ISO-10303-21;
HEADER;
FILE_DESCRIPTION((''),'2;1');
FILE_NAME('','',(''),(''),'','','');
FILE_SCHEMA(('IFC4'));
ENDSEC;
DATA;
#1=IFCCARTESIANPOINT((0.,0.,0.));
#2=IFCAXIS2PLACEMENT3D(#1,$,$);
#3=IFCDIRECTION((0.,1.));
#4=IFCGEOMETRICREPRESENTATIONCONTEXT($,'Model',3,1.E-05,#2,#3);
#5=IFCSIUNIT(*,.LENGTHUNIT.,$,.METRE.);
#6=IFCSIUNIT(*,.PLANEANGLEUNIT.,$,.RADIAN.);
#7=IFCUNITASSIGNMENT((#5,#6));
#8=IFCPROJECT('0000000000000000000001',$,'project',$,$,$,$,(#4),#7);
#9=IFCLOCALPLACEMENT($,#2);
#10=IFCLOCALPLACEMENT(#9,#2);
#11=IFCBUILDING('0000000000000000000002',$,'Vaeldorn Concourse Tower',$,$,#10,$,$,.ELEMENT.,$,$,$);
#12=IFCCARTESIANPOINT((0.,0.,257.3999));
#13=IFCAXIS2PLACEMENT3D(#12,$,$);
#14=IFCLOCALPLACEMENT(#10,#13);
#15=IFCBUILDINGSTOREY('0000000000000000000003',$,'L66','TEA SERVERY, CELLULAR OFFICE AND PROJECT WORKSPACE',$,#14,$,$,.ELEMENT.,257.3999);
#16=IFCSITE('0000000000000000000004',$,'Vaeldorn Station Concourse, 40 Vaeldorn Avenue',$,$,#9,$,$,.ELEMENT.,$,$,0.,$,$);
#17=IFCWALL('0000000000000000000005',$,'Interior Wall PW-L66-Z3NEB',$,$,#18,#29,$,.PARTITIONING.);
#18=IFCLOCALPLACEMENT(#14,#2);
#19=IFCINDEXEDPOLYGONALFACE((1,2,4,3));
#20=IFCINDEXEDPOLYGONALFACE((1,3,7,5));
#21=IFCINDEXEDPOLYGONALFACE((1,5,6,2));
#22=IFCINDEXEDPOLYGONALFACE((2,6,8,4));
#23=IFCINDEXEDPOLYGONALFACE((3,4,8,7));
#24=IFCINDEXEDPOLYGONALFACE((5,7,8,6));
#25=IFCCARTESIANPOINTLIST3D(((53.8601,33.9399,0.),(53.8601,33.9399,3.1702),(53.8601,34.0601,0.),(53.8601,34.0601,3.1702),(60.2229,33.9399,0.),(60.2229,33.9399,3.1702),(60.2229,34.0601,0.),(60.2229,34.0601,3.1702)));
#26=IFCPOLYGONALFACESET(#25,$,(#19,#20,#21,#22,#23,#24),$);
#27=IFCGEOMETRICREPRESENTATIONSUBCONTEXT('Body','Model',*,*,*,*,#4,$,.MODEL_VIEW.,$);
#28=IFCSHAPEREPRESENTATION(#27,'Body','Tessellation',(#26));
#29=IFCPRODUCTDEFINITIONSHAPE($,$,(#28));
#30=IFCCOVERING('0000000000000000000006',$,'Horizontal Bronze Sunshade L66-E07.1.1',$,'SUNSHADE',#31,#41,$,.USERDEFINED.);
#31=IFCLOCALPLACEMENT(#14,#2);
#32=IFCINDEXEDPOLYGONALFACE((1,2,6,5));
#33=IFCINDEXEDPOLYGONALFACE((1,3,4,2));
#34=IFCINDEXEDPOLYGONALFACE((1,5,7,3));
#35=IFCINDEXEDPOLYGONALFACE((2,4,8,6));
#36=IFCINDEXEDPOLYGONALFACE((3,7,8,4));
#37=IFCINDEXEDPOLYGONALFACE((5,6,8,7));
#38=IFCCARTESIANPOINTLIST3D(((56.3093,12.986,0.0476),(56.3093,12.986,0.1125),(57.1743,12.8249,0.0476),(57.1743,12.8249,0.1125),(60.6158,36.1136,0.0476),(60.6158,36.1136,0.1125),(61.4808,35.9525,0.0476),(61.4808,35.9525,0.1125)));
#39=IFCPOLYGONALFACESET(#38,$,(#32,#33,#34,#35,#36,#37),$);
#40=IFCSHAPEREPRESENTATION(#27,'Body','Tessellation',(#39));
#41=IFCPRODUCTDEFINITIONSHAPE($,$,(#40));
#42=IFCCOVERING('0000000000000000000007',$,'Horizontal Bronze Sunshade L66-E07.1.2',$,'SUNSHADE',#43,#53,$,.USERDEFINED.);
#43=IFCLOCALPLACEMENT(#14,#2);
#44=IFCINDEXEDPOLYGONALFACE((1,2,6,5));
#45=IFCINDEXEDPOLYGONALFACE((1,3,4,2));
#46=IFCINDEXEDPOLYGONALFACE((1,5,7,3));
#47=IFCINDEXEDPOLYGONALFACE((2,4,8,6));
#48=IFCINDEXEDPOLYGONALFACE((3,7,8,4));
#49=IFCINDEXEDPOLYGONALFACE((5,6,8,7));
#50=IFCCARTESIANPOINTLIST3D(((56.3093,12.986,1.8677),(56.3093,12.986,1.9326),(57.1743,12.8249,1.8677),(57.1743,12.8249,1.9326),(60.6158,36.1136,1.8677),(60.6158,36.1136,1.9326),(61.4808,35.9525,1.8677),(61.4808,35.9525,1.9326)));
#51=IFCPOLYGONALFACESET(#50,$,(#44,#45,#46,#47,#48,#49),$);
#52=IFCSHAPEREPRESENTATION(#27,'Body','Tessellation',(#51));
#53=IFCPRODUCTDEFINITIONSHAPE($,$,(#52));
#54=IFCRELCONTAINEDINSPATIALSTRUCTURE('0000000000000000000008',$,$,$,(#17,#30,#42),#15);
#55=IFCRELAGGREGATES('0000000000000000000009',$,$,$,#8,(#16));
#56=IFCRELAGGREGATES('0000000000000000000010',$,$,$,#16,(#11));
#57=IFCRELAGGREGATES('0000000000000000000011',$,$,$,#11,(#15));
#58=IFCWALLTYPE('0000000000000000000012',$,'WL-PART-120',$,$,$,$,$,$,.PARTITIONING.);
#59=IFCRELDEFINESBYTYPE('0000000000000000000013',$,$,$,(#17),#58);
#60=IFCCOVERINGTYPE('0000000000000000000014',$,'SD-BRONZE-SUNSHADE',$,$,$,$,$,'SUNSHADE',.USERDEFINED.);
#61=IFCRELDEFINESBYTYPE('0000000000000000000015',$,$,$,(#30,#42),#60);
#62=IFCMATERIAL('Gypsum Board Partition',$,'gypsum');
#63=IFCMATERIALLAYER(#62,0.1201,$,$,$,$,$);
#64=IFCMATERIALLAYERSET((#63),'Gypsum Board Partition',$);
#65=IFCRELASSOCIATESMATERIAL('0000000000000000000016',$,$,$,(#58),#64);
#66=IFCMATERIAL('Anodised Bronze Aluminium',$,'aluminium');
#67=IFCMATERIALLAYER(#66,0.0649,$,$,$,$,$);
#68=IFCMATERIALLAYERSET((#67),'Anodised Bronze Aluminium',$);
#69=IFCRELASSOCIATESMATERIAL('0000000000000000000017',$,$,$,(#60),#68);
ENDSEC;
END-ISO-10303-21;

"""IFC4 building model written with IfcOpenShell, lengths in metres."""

from ifc_helpers import new_model, si_unit, direction, frame, frame_2d, origin, origin_2d, place, context, subcontext, project, spatial, rectangle, extrude, source, transform, mapped, material, layer, layer_set, type_object, element, save


model = new_model("IFC4")

# Units and contexts
model_context = context("Model", 3, precision=1e-05, world=origin(), true_north=direction((0.0, 1.0)))
body_context = subcontext(model_context, "Body", "Model", "MODEL_VIEW")
ifc_project = project(units=[si_unit("LENGTHUNIT", "METRE"), si_unit("PLANEANGLEUNIT", "RADIAN")], contexts=[model_context])

# Site, building, storey
site_placement = place(None, origin())
site = spatial("IfcSite", under=ifc_project, at=site_placement, Name="Vaeldorn Station Concourse, 40 Vaeldorn Avenue", CompositionType="ELEMENT", RefElevation=0.0)
building_placement = place(site_placement, origin())
building = spatial("IfcBuilding", under=site, at=building_placement, Name="Vaeldorn Concourse Tower", CompositionType="ELEMENT")
storey_placement = place(building_placement, frame((0.0, 0.0, 257.3999)))
storey = spatial("IfcBuildingStorey", under=building, at=storey_placement, Name="L66", Description="TEA SERVERY, CELLULAR OFFICE AND PROJECT WORKSPACE", CompositionType="ELEMENT", Elevation=257.3999)

# Shared definitions
ifc_material_1 = material(Name="Anodised Bronze Aluminium", Category="aluminium")

# Shared definitions
ifc_material_2 = material(Name="Gypsum Board Partition", Category="gypsum")
ifc_layer_1 = layer(ifc_material_2, 0.1201)
ifc_layer_set_1 = layer_set([ifc_layer_1], Name="Gypsum Board Partition")
wall_type = type_object("IfcWallType", Name="WL-PART-120", PredefinedType="PARTITIONING", material=ifc_layer_set_1)

# Wall
wall_1_placement = place(storey_placement, frame((53.8601, 34.0, 0.0), z_axis=(0.0, 0.0, 1.0), x_axis=(1.0, 0.0, 0.0)))
element("IfcWall", 1, at=wall_1_placement, inside=storey, type_object=wall_type, Name="Interior Wall PW-L66-Z3NEB", PredefinedType="PARTITIONING", context=body_context, shape_type="SweptSolid", body=[
    extrude(rectangle(XDim=6.3628, YDim=0.1201, at=frame_2d((3.1814, 0.0))), origin(), (0.0, 0.0, 1.0), 3.1702),
])

# Coverings
ifc_layer_2 = layer(ifc_material_1, 0.0649)
ifc_layer_set_2 = layer_set([ifc_layer_2], Name="Anodised Bronze Aluminium")
covering_type = type_object("IfcCoveringType", Name="SD-BRONZE-SUNSHADE", ElementType="SUNSHADE", PredefinedType="USERDEFINED", material=ifc_layer_set_2)
shared_shape_1 = source(origin(), body_context, "Body", "SweptSolid", [
    extrude(rectangle(XDim=23.5251, YDim=0.8799, at=origin_2d()), origin(), (0.0, 0.0, 1.0), 0.0649),
])
for number, where, z_axis, x_axis, name in (
    (2, (58.895, 24.4692, 0.0476), (0.0, 0.0, 1.0), (0.183059, 0.983102, 0.0), "Horizontal Bronze Sunshade L66-E07.1.1"),
    (3, (58.895, 24.4692, 1.8677), (0.0, 0.0, 1.0), (0.183059, 0.983102, 0.0), "Horizontal Bronze Sunshade L66-E07.1.2"),
):
    element("IfcCovering", number, at=place(storey_placement, frame(where, z_axis=z_axis, x_axis=x_axis)), inside=storey, type_object=covering_type, Name=name, ObjectType="SUNSHADE", PredefinedType="USERDEFINED", context=body_context, shape_type="MappedRepresentation", body=[
        mapped(shared_shape_1, transform((0.0, 0.0, 0.0), scale=1.0)),
    ])

save(model, "model.ifc")
